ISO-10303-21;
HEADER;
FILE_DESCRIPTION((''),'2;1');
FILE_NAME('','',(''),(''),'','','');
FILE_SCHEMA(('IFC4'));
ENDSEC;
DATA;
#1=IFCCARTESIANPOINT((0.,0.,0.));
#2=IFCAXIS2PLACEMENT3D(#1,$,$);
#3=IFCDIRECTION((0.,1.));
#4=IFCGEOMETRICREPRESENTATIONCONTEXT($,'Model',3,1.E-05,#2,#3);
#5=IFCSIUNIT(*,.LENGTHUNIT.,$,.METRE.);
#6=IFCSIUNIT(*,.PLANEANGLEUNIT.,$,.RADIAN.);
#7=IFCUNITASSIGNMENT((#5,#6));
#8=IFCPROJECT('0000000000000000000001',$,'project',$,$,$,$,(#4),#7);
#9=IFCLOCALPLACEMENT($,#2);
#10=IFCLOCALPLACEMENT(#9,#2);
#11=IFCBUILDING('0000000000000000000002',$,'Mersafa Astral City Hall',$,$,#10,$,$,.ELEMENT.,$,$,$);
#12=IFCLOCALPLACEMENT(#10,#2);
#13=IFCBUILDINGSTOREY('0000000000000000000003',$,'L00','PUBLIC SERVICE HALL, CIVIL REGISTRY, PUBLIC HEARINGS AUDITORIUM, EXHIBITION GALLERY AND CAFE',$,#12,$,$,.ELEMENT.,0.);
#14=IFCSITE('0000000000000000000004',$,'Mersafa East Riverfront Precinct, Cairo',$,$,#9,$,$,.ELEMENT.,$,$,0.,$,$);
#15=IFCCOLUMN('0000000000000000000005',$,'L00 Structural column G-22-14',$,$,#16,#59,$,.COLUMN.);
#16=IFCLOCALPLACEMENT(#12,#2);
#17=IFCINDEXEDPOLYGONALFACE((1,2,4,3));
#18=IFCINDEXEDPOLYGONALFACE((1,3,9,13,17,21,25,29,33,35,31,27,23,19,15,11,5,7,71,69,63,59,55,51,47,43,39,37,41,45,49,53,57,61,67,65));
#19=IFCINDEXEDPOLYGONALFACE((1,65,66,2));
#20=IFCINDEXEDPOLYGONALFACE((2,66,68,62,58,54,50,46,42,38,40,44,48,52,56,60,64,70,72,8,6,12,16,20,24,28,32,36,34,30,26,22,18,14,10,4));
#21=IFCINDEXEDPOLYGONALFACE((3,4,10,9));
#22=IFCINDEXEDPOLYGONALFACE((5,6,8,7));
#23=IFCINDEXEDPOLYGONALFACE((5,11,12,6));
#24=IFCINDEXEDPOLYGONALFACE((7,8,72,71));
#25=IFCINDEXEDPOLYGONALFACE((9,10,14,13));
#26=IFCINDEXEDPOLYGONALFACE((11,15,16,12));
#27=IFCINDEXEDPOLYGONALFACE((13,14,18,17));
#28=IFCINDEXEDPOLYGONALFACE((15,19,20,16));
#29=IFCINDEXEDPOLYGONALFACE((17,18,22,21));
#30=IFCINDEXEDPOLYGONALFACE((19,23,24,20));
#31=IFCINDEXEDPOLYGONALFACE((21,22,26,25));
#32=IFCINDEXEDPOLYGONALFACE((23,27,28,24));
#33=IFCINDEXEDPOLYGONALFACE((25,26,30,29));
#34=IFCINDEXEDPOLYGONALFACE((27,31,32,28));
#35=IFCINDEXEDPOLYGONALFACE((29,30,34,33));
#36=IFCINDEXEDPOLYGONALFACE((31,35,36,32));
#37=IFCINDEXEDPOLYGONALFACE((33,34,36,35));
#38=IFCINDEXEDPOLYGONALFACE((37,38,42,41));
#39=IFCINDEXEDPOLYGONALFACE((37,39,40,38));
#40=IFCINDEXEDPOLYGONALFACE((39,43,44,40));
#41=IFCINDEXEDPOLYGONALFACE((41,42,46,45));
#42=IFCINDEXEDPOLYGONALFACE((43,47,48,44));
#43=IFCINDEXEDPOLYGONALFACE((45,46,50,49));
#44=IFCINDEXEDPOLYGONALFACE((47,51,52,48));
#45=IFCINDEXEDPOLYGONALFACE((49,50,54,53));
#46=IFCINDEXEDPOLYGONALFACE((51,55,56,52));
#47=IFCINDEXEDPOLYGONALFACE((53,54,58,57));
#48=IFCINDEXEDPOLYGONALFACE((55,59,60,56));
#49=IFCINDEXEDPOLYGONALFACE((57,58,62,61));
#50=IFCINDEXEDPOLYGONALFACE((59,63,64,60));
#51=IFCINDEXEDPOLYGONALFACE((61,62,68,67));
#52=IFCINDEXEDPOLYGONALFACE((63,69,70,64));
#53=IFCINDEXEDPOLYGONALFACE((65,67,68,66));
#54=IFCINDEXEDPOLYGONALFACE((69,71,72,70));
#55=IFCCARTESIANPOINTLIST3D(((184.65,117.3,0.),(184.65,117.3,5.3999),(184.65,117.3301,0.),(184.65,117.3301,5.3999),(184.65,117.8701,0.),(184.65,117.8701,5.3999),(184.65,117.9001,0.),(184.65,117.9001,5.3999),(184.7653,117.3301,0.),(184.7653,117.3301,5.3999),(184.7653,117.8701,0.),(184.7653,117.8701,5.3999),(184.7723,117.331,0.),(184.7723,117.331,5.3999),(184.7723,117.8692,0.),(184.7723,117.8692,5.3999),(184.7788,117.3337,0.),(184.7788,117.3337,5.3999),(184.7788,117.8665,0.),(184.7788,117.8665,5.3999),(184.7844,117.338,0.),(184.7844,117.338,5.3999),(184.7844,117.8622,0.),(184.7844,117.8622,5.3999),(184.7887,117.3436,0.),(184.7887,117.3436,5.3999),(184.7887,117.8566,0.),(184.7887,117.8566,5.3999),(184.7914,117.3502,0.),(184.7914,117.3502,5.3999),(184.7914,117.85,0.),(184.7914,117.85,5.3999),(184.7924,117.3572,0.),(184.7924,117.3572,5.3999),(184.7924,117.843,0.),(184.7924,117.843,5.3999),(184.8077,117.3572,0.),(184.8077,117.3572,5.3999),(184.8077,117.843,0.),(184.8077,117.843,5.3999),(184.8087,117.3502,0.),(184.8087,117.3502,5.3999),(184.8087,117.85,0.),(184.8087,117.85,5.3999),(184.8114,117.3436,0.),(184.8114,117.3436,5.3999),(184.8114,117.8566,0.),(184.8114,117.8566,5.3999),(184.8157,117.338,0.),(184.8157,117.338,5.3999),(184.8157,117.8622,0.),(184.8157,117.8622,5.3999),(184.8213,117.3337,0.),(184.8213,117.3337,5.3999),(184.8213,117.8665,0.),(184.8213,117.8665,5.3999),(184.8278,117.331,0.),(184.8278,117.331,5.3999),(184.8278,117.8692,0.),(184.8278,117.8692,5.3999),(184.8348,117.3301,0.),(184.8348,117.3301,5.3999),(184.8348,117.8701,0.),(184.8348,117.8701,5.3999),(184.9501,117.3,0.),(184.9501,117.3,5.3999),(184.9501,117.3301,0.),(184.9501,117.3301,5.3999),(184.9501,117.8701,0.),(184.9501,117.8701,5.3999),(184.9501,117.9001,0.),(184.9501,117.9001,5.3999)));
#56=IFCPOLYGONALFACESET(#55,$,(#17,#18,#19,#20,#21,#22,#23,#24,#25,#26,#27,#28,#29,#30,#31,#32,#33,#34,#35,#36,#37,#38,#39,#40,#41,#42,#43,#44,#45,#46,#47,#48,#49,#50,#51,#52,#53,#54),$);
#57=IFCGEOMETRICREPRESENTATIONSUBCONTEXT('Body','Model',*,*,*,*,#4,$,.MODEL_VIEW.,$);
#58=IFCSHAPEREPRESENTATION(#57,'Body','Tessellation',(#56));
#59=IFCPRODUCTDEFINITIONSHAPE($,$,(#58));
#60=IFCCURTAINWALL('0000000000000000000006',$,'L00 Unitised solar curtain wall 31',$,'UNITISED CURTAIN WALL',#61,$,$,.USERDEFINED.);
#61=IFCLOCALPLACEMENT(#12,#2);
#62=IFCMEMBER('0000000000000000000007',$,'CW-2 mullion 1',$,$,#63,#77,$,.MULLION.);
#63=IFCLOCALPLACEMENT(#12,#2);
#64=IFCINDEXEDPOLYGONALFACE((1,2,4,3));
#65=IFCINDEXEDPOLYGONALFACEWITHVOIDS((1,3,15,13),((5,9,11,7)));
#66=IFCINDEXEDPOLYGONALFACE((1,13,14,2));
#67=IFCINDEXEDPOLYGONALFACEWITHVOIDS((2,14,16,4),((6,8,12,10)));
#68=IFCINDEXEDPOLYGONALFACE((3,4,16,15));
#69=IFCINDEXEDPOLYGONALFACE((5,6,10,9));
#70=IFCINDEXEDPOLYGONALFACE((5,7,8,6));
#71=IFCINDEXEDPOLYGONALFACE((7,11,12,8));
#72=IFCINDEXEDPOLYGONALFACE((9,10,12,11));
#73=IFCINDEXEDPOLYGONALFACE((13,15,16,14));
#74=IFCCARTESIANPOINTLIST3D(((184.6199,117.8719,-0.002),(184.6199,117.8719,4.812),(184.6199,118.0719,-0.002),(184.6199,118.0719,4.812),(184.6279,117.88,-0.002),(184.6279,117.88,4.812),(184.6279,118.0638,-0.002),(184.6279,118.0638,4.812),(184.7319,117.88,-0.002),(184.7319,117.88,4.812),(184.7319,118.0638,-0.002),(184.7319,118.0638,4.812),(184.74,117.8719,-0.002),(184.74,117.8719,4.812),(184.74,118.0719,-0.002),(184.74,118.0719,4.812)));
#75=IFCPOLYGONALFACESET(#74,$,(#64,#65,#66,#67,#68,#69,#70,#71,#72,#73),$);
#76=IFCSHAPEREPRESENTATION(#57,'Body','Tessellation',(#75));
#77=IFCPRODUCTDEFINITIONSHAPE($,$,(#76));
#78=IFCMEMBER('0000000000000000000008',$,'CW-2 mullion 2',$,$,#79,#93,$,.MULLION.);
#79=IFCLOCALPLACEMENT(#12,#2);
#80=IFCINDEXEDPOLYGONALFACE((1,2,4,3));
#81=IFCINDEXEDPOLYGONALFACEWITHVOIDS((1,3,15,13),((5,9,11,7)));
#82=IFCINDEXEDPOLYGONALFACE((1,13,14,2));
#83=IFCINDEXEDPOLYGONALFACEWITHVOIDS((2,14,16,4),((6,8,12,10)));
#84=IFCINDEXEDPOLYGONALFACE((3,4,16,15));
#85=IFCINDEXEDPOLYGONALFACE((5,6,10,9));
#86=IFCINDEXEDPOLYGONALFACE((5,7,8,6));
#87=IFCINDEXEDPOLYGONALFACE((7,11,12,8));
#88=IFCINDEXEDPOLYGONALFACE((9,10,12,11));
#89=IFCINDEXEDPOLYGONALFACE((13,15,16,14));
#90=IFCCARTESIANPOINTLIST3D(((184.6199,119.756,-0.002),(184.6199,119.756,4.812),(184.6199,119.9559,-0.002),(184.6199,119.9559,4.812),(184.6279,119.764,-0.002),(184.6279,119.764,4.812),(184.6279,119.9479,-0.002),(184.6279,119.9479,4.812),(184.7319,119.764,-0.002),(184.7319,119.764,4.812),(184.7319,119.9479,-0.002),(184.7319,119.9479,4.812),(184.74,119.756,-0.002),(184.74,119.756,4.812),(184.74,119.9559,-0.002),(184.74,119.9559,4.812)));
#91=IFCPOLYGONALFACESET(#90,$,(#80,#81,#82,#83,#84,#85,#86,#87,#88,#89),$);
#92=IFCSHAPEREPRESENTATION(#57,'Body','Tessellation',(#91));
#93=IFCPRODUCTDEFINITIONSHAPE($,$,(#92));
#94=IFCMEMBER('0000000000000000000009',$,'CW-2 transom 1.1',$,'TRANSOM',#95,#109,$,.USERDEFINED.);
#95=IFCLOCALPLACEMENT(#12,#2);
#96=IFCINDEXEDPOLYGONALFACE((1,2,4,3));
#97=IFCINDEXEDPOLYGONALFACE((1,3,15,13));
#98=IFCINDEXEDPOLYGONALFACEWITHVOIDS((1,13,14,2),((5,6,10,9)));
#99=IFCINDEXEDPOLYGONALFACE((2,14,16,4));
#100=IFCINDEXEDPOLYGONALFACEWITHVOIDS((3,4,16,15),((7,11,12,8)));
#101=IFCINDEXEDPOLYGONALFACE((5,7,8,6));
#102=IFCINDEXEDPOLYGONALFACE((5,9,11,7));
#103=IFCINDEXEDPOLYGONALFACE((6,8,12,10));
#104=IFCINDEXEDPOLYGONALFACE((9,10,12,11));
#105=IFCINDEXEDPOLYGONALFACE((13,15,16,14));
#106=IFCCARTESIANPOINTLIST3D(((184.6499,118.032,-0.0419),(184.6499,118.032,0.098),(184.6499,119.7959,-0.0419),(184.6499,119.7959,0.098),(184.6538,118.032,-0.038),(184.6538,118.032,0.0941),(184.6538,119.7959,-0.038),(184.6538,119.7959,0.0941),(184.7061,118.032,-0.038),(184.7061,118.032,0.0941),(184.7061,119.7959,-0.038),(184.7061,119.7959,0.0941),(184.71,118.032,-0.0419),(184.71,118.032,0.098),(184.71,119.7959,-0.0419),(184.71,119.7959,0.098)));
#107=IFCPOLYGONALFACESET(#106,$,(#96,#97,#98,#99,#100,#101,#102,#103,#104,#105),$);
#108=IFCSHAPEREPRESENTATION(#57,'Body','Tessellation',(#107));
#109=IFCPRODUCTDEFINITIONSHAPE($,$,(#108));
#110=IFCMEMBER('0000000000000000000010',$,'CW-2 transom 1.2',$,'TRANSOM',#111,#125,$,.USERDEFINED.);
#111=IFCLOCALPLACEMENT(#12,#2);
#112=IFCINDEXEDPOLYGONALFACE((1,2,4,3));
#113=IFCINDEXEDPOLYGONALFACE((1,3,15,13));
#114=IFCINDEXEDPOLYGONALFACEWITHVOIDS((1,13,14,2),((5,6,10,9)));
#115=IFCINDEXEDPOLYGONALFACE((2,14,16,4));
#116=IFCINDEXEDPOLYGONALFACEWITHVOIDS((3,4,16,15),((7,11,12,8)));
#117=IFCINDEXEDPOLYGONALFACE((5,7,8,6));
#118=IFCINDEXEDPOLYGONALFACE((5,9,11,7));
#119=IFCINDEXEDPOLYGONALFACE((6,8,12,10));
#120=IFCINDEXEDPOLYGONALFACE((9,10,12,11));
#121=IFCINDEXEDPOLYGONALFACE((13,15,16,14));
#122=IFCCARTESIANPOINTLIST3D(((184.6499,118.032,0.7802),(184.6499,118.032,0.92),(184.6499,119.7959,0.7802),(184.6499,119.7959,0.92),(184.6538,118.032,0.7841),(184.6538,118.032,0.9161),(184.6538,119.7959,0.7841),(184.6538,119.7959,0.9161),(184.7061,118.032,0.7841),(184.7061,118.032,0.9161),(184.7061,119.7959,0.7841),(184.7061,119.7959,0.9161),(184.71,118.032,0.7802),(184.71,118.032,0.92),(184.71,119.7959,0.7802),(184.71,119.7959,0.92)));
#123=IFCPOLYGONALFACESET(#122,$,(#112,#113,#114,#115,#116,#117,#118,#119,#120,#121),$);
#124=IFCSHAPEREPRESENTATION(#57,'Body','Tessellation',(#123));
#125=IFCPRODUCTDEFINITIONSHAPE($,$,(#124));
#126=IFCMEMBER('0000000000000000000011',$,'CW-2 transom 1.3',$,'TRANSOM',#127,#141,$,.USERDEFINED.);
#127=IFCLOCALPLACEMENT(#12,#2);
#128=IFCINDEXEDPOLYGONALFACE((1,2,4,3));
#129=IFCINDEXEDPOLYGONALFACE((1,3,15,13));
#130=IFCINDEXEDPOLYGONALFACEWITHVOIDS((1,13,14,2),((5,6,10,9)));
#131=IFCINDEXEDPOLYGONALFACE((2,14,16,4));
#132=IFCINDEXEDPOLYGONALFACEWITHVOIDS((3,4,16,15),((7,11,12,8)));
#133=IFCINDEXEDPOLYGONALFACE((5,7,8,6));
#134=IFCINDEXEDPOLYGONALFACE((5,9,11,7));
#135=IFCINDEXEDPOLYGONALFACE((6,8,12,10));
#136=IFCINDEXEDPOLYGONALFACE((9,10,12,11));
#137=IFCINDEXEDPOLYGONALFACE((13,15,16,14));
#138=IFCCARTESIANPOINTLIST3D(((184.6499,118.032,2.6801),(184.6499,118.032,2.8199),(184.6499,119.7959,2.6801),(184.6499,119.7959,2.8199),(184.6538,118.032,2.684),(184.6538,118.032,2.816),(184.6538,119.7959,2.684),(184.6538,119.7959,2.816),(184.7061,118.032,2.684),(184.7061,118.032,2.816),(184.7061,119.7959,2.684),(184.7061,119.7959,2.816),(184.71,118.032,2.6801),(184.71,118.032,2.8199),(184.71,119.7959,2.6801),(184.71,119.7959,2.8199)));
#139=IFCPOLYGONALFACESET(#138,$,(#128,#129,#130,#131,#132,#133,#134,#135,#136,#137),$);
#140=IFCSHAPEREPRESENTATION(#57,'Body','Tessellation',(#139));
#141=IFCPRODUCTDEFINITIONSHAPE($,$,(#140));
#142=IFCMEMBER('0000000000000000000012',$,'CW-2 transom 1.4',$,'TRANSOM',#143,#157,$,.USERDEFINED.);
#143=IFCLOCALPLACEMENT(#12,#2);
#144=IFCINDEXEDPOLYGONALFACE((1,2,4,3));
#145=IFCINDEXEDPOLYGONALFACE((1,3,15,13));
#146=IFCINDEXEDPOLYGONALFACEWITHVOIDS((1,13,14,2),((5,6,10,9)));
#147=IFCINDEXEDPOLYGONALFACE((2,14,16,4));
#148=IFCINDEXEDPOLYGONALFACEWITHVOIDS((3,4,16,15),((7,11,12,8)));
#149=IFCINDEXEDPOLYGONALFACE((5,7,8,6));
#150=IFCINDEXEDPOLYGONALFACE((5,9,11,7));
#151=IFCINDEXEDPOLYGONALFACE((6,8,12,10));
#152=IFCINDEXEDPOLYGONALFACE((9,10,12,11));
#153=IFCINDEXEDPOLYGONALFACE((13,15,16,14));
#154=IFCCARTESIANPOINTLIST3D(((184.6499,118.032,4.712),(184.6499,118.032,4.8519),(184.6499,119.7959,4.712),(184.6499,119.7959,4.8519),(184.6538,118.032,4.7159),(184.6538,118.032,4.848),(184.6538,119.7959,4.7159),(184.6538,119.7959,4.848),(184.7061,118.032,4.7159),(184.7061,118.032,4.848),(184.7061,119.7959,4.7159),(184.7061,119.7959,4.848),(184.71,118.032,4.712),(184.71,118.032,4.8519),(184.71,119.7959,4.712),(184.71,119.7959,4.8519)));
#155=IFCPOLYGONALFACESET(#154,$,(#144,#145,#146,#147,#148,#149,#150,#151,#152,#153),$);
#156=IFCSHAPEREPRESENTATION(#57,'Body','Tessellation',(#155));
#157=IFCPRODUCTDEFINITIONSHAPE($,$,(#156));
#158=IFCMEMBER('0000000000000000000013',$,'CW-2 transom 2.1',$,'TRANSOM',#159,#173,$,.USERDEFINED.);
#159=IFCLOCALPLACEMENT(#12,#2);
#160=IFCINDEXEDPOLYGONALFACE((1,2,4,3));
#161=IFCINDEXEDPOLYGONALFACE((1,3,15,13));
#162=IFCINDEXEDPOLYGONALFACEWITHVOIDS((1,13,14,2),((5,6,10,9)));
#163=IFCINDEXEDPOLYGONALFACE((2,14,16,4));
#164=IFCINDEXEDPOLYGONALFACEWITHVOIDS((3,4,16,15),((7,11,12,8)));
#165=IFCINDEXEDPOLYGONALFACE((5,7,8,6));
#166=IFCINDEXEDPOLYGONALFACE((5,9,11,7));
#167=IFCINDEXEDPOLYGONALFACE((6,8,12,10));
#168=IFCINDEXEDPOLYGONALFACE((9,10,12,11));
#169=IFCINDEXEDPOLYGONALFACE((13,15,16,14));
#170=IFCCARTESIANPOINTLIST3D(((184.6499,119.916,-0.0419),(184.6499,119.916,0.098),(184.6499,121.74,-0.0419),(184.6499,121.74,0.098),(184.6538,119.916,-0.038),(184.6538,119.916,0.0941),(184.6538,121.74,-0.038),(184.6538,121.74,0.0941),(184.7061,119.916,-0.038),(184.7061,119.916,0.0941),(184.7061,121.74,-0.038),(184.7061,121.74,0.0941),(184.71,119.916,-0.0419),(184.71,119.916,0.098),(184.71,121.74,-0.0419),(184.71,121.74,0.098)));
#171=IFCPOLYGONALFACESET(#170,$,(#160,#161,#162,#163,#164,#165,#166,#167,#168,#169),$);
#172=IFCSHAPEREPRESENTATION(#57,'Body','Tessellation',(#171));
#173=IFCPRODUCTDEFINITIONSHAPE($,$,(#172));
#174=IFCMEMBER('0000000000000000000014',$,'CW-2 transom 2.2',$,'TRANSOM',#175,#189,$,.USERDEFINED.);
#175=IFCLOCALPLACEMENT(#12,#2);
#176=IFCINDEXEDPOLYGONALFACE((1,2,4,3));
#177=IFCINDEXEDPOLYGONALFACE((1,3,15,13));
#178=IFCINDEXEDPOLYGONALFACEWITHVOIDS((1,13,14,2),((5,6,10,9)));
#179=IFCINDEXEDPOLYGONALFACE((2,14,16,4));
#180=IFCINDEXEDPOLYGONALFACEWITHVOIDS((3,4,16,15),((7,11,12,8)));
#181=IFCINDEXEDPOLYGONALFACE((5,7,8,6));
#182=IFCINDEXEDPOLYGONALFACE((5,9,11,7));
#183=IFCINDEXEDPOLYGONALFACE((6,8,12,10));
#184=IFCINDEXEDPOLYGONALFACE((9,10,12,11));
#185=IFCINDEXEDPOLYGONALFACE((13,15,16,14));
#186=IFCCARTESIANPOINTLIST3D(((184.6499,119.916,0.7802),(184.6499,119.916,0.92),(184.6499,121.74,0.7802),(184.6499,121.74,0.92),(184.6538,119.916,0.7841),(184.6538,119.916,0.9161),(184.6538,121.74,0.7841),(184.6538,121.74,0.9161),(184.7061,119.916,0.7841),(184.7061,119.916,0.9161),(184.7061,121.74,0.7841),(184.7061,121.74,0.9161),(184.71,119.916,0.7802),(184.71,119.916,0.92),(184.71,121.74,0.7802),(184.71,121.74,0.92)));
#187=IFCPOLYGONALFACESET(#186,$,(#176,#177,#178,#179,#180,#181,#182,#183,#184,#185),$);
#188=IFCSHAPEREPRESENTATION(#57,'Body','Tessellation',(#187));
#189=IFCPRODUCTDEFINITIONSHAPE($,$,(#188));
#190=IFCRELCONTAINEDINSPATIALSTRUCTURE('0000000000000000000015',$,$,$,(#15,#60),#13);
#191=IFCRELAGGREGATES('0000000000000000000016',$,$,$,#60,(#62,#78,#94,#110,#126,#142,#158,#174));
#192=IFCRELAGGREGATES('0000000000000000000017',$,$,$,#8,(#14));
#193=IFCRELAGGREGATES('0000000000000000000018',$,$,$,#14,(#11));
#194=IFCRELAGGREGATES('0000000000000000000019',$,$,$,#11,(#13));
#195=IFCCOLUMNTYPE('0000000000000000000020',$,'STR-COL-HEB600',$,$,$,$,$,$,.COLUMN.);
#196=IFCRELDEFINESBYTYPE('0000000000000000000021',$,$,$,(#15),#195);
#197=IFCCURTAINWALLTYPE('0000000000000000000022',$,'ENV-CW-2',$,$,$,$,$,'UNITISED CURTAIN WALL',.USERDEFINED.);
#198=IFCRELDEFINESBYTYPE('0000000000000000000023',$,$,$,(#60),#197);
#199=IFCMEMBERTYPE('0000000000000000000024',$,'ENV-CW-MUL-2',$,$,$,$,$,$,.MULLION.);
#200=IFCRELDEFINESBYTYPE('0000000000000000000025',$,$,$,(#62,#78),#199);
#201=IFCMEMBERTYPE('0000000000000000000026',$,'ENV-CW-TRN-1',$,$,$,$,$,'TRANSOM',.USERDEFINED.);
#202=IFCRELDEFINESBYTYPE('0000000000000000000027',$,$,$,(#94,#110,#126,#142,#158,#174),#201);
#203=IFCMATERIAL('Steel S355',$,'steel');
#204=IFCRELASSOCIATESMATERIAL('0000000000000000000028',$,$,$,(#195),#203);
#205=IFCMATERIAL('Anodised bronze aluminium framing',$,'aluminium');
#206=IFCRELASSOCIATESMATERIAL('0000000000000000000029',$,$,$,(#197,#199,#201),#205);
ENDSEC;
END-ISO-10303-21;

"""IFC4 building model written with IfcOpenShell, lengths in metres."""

from ifc_helpers import new_model, si_unit, direction, frame, origin, origin_2d, place, context, subcontext, project, spatial, hollow_rectangle, i_section, extrude, material, material_profile, profile_set, type_object, element, aggregate, save


model = new_model("IFC4")

# Units and contexts
model_context = context("Model", 3, precision=1e-05, world=origin(), true_north=direction((0.0, 1.0)))
body_context = subcontext(model_context, "Body", "Model", "MODEL_VIEW")
ifc_project = project(units=[si_unit("LENGTHUNIT", "METRE"), si_unit("PLANEANGLEUNIT", "RADIAN")], contexts=[model_context])

# Site, building, storey
site_placement = place(None, origin())
site = spatial("IfcSite", under=ifc_project, at=site_placement, Name="Mersafa East Riverfront Precinct, Cairo", CompositionType="ELEMENT", RefElevation=0.0)
building_placement = place(site_placement, origin())
building = spatial("IfcBuilding", under=site, at=building_placement, Name="Mersafa Astral City Hall", CompositionType="ELEMENT")
storey_placement = place(building_placement, origin())
storey = spatial("IfcBuildingStorey", under=building, at=storey_placement, Name="L00", Description="PUBLIC SERVICE HALL, CIVIL REGISTRY, PUBLIC HEARINGS AUDITORIUM, EXHIBITION GALLERY AND CAFE", CompositionType="ELEMENT", Elevation=0.0)

# Column
ifc_material_1 = material(Name="Steel S355", Category="steel")
ifc_material_profile_1 = material_profile(ifc_material_1, i_section(OverallWidth=0.3, OverallDepth=0.6001, WebThickness=0.0154, FlangeThickness=0.03, FilletRadius=0.0271, at=origin_2d()), Name="HEB 600")
ifc_profile_set_1 = profile_set([ifc_material_profile_1], Name="Steel S355")
column_type = type_object("IfcColumnType", Name="STR-COL-HEB600", PredefinedType="COLUMN", material=ifc_profile_set_1)
column_placement = place(storey_placement, frame((184.8, 117.6001, 0.0), z_axis=(0.0, 0.0, 1.0), x_axis=(1.0, 0.0, 0.0)))
element("IfcColumn", 1, at=column_placement, inside=storey, type_object=column_type, Name="L00 Structural column G-22-14", PredefinedType="COLUMN", context=body_context, shape_type="SweptSolid", body=[
    extrude(i_section(OverallWidth=0.3, OverallDepth=0.6001, WebThickness=0.0154, FlangeThickness=0.03, FilletRadius=0.0271, at=origin_2d()), origin(), (0.0, 0.0, 1.0), 5.3999),
])

# Curtain wall, members
ifc_material_2 = material(Name="Anodised bronze aluminium framing", Category="aluminium")
curtain_wall_type = type_object("IfcCurtainWallType", Name="ENV-CW-2", ElementType="UNITISED CURTAIN WALL", PredefinedType="USERDEFINED", material=ifc_material_2)
curtain_wall_placement = place(storey_placement, origin())
curtain_wall = element("IfcCurtainWall", 2, at=curtain_wall_placement, inside=storey, type_object=curtain_wall_type, Name="L00 Unitised solar curtain wall 31", ObjectType="UNITISED CURTAIN WALL", PredefinedType="USERDEFINED")
ifc_material_profile_2 = material_profile(ifc_material_2, hollow_rectangle(XDim=0.1201, YDim=0.2, WallThickness=0.0081, at=origin_2d()), Name="RHS 120x200x8")
ifc_profile_set_2 = profile_set([ifc_material_profile_2], Name="Anodised bronze aluminium framing")
member_type_1 = type_object("IfcMemberType", Name="ENV-CW-MUL-2", PredefinedType="MULLION", material=ifc_profile_set_2)
member_1_placement = place(storey_placement, frame((184.6799, 117.9719, -0.002), z_axis=(0.0, 0.0, 1.0), x_axis=(-1.0, 0.0, 0.0)))
member_1 = element("IfcMember", 3, at=member_1_placement, type_object=member_type_1, Name="CW-2 mullion 1", PredefinedType="MULLION", context=body_context, shape_type="SweptSolid", body=[
    extrude(hollow_rectangle(XDim=0.1201, YDim=0.2, WallThickness=0.0081, at=origin_2d()), origin(), (0.0, 0.0, 1.0), 4.814),
])
member_2_placement = place(storey_placement, frame((184.6799, 119.856, -0.002), z_axis=(0.0, 0.0, 1.0), x_axis=(-1.0, 0.0, 0.0)))
member_2 = element("IfcMember", 4, at=member_2_placement, type_object=member_type_1, Name="CW-2 mullion 2", PredefinedType="MULLION", context=body_context, shape_type="SweptSolid", body=[
    extrude(hollow_rectangle(XDim=0.1201, YDim=0.2, WallThickness=0.0081, at=origin_2d()), origin(), (0.0, 0.0, 1.0), 4.814),
])
ifc_material_profile_3 = material_profile(ifc_material_2, hollow_rectangle(XDim=0.0601, YDim=0.1399, WallThickness=0.0039, at=origin_2d()), Name="RHS 60x140x4")
ifc_profile_set_3 = profile_set([ifc_material_profile_3], Name="Anodised bronze aluminium framing")
member_type_2 = type_object("IfcMemberType", Name="ENV-CW-TRN-1", ElementType="TRANSOM", PredefinedType="USERDEFINED", material=ifc_profile_set_3)
member_3_placement = place(storey_placement, frame((184.6799, 118.032, 0.0281), z_axis=(0.0, 1.0, 0.0), x_axis=(-1.0, 0.0, 0.0)))
member_3 = element("IfcMember", 5, at=member_3_placement, type_object=member_type_2, Name="CW-2 transom 1.1", ObjectType="TRANSOM", PredefinedType="USERDEFINED", context=body_context, shape_type="SweptSolid", body=[
    extrude(hollow_rectangle(XDim=0.0601, YDim=0.1399, WallThickness=0.0039, at=origin_2d()), origin(), (0.0, 0.0, 1.0), 1.7639),
])
member_4_placement = place(storey_placement, frame((184.6799, 118.032, 0.8501), z_axis=(0.0, 1.0, 0.0), x_axis=(-1.0, 0.0, 0.0)))
member_4 = element("IfcMember", 6, at=member_4_placement, type_object=member_type_2, Name="CW-2 transom 1.2", ObjectType="TRANSOM", PredefinedType="USERDEFINED", context=body_context, shape_type="SweptSolid", body=[
    extrude(hollow_rectangle(XDim=0.0601, YDim=0.1399, WallThickness=0.0039, at=origin_2d()), origin(), (0.0, 0.0, 1.0), 1.7639),
])
member_5_placement = place(storey_placement, frame((184.6799, 118.032, 2.75), z_axis=(0.0, 1.0, 0.0), x_axis=(-1.0, 0.0, 0.0)))
member_5 = element("IfcMember", 7, at=member_5_placement, type_object=member_type_2, Name="CW-2 transom 1.3", ObjectType="TRANSOM", PredefinedType="USERDEFINED", context=body_context, shape_type="SweptSolid", body=[
    extrude(hollow_rectangle(XDim=0.0601, YDim=0.1399, WallThickness=0.0039, at=origin_2d()), origin(), (0.0, 0.0, 1.0), 1.7639),
])
member_6_placement = place(storey_placement, frame((184.6799, 118.032, 4.782), z_axis=(0.0, 1.0, 0.0), x_axis=(-1.0, 0.0, 0.0)))
member_6 = element("IfcMember", 8, at=member_6_placement, type_object=member_type_2, Name="CW-2 transom 1.4", ObjectType="TRANSOM", PredefinedType="USERDEFINED", context=body_context, shape_type="SweptSolid", body=[
    extrude(hollow_rectangle(XDim=0.0601, YDim=0.1399, WallThickness=0.0039, at=origin_2d()), origin(), (0.0, 0.0, 1.0), 1.7639),
])
member_7_placement = place(storey_placement, frame((184.6799, 119.916, 0.0281), z_axis=(0.0, 1.0, 0.0), x_axis=(-1.0, 0.0, 0.0)))
member_7 = element("IfcMember", 9, at=member_7_placement, type_object=member_type_2, Name="CW-2 transom 2.1", ObjectType="TRANSOM", PredefinedType="USERDEFINED", context=body_context, shape_type="SweptSolid", body=[
    extrude(hollow_rectangle(XDim=0.0601, YDim=0.1399, WallThickness=0.0039, at=origin_2d()), origin(), (0.0, 0.0, 1.0), 1.824),
])
member_8_placement = place(storey_placement, frame((184.6799, 119.916, 0.8501), z_axis=(0.0, 1.0, 0.0), x_axis=(-1.0, 0.0, 0.0)))
member_8 = element("IfcMember", 10, at=member_8_placement, type_object=member_type_2, Name="CW-2 transom 2.2", ObjectType="TRANSOM", PredefinedType="USERDEFINED", context=body_context, shape_type="SweptSolid", body=[
    extrude(hollow_rectangle(XDim=0.0601, YDim=0.1399, WallThickness=0.0039, at=origin_2d()), origin(), (0.0, 0.0, 1.0), 1.824),
])

aggregate(curtain_wall, [member_1, member_2, member_3, member_4, member_5, member_6, member_7, member_8])

save(model, "model.ifc")
